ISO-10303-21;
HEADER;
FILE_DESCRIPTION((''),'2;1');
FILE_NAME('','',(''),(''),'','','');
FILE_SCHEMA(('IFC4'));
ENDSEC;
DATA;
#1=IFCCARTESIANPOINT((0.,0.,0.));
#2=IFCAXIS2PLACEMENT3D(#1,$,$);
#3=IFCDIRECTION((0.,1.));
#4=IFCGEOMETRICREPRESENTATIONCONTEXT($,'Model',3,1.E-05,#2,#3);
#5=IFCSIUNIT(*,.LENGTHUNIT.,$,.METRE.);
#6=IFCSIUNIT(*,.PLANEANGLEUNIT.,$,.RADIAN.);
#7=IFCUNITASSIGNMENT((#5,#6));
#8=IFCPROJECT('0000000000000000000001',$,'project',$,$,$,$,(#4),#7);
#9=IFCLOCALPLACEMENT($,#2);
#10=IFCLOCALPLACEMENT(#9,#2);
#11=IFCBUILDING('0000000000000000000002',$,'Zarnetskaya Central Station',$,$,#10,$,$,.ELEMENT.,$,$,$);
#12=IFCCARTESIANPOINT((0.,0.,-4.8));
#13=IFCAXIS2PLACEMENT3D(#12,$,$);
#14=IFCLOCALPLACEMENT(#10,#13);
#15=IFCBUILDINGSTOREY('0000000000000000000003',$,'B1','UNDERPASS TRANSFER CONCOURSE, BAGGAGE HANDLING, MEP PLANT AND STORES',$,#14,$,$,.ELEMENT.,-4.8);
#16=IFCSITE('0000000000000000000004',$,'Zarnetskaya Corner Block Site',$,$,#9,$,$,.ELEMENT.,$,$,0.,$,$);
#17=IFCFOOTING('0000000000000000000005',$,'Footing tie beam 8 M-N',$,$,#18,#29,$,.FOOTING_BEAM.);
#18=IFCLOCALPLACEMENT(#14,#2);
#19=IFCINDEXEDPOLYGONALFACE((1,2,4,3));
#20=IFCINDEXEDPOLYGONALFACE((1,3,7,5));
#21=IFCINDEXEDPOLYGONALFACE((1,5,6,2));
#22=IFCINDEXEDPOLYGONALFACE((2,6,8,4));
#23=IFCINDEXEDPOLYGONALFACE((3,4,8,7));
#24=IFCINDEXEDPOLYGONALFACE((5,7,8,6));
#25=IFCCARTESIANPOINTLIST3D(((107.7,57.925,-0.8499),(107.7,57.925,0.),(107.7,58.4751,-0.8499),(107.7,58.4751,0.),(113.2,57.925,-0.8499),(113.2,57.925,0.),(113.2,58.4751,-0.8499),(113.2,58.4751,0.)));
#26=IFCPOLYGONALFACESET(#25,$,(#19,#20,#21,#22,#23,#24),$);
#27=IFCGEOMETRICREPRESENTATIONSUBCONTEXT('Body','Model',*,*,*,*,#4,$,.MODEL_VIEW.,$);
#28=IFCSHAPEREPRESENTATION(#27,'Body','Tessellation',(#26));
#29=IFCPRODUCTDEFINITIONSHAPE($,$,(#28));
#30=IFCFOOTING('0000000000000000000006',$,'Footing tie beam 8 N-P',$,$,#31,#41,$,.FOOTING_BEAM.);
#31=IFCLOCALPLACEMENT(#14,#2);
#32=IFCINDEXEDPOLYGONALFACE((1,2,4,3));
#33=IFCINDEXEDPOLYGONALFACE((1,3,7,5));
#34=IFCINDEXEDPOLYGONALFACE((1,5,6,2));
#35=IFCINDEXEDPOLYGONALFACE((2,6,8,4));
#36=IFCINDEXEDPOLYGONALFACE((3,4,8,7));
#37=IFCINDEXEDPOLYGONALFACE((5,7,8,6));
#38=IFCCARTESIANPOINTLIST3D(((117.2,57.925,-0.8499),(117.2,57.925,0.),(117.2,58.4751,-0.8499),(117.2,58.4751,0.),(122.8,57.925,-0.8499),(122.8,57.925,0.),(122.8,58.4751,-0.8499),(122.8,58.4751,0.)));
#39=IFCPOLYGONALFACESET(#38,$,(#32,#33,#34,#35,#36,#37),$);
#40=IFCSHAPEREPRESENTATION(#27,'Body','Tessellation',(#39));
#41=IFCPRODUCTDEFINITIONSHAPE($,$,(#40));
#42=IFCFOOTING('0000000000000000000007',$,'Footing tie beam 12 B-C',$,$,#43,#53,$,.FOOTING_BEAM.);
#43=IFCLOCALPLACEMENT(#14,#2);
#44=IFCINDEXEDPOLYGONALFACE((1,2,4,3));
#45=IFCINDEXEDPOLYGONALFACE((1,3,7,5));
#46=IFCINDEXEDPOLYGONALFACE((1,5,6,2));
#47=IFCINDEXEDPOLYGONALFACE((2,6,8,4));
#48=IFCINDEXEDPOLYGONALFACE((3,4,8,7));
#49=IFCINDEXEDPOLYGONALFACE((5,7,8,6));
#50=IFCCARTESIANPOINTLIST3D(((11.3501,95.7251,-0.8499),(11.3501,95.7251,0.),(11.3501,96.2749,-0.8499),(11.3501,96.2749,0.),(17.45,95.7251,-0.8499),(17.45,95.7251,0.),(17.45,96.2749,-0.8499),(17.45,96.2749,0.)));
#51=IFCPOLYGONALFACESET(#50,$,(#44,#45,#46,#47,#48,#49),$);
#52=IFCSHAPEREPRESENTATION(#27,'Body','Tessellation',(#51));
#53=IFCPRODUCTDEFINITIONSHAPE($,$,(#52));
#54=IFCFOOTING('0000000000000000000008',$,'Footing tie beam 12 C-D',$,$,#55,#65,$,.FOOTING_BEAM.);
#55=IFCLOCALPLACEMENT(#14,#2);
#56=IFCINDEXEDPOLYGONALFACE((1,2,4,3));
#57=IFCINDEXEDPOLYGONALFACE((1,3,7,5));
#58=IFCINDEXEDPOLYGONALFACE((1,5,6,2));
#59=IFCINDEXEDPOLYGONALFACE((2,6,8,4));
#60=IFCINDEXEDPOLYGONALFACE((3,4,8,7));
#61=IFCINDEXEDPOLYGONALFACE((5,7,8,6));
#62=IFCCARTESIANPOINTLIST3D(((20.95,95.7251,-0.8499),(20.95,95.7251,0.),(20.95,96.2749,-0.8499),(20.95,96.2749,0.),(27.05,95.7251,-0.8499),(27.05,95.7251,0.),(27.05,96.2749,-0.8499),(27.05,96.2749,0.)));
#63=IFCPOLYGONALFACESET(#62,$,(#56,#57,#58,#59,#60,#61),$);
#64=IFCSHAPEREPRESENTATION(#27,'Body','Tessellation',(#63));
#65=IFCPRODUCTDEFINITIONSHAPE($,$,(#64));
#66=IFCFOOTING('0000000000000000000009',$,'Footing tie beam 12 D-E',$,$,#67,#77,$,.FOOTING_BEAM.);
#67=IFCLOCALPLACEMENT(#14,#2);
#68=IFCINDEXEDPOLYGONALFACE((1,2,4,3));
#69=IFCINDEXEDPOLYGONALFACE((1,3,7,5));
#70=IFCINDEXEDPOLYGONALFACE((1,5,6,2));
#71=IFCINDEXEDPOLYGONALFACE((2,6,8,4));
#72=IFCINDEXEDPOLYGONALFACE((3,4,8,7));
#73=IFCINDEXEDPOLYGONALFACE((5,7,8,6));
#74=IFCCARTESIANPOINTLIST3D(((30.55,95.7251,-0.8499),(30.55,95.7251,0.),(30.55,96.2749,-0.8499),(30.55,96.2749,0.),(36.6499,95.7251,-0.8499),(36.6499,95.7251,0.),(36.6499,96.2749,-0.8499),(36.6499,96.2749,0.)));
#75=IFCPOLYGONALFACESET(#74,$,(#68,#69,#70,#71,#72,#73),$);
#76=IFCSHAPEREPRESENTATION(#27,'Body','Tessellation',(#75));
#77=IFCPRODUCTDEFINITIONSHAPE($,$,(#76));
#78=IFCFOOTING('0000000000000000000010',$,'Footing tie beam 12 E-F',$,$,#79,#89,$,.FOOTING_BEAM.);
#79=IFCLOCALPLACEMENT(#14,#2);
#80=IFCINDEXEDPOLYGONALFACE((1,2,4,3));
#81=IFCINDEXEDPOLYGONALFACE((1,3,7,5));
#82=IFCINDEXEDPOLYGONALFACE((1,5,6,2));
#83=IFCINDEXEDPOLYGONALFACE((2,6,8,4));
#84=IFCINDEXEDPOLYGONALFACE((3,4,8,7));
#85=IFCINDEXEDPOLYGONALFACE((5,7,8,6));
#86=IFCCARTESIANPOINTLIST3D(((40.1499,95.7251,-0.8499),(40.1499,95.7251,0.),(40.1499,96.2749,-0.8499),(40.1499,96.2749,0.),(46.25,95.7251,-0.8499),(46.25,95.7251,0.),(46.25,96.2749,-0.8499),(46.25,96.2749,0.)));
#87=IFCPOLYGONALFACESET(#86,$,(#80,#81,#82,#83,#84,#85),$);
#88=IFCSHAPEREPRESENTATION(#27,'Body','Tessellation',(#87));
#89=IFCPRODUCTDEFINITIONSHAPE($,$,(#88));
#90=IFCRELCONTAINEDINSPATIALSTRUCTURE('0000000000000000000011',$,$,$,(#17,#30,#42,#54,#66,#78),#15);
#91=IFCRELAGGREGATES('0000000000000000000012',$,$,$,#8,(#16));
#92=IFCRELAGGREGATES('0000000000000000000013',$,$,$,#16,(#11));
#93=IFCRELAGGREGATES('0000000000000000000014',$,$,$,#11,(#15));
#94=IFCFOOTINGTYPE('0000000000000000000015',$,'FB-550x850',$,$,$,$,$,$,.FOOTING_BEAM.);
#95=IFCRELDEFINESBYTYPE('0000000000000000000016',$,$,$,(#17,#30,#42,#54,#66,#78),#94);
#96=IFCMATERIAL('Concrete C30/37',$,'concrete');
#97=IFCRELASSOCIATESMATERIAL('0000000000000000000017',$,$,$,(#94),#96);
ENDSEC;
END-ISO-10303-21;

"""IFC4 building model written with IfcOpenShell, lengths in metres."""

from ifc_helpers import new_model, si_unit, direction, frame, origin, place, context, subcontext, project, spatial, polyline, outline, extrude, material, type_object, element, save


model = new_model("IFC4")

# Units and contexts
model_context = context("Model", 3, precision=1e-05, world=origin(), true_north=direction((0.0, 1.0)))
body_context = subcontext(model_context, "Body", "Model", "MODEL_VIEW")
ifc_project = project(units=[si_unit("LENGTHUNIT", "METRE"), si_unit("PLANEANGLEUNIT", "RADIAN")], contexts=[model_context])

# Site, building, storey
site_placement = place(None, origin())
site = spatial("IfcSite", under=ifc_project, at=site_placement, Name="Zarnetskaya Corner Block Site", CompositionType="ELEMENT", RefElevation=0.0)
building_placement = place(site_placement, origin())
building = spatial("IfcBuilding", under=site, at=building_placement, Name="Zarnetskaya Central Station", CompositionType="ELEMENT")
storey_placement = place(building_placement, frame((0.0, 0.0, -4.8)))
storey = spatial("IfcBuildingStorey", under=building, at=storey_placement, Name="B1", Description="UNDERPASS TRANSFER CONCOURSE, BAGGAGE HANDLING, MEP PLANT AND STORES", CompositionType="ELEMENT", Elevation=-4.8)

# Footings
ifc_material = material(Name="Concrete C30/37", Category="concrete")
footing_type_1 = type_object("IfcFootingType", Name="FB-550x850", PredefinedType="FOOTING_BEAM", material=ifc_material)
footing_1_placement = place(storey_placement, frame((0.0, 0.0, -0.8499)))
element("IfcFooting", 1, at=footing_1_placement, inside=storey, type_object=footing_type_1, Name="Footing tie beam 8 M-N", PredefinedType="FOOTING_BEAM", context=body_context, shape_type="SweptSolid", body=[
    extrude(outline(polyline([(107.7, 57.925), (113.2, 57.925), (113.2, 58.4751), (107.7, 58.4751), (107.7, 57.925)])), origin(), (0.0, 0.0, 1.0), 0.8499),
])
footing_2_placement = place(storey_placement, frame((0.0, 0.0, -0.8499)))
element("IfcFooting", 2, at=footing_2_placement, inside=storey, type_object=footing_type_1, Name="Footing tie beam 8 N-P", PredefinedType="FOOTING_BEAM", context=body_context, shape_type="SweptSolid", body=[
    extrude(outline(polyline([(117.2, 57.925), (122.8, 57.925), (122.8, 58.4751), (117.2, 58.4751), (117.2, 57.925)])), origin(), (0.0, 0.0, 1.0), 0.8499),
])
footing_3_placement = place(storey_placement, frame((0.0, 0.0, -0.8499)))
element("IfcFooting", 3, at=footing_3_placement, inside=storey, type_object=footing_type_1, Name="Footing tie beam 12 B-C", PredefinedType="FOOTING_BEAM", context=body_context, shape_type="SweptSolid", body=[
    extrude(outline(polyline([(11.3501, 95.7251), (17.45, 95.7251), (17.45, 96.2749), (11.3501, 96.2749), (11.3501, 95.7251)])), origin(), (0.0, 0.0, 1.0), 0.8499),
])
footing_4_placement = place(storey_placement, frame((0.0, 0.0, -0.8499)))
element("IfcFooting", 4, at=footing_4_placement, inside=storey, type_object=footing_type_1, Name="Footing tie beam 12 C-D", PredefinedType="FOOTING_BEAM", context=body_context, shape_type="SweptSolid", body=[
    extrude(outline(polyline([(20.95, 95.7251), (27.05, 95.7251), (27.05, 96.2749), (20.95, 96.2749), (20.95, 95.7251)])), origin(), (0.0, 0.0, 1.0), 0.8499),
])
footing_5_placement = place(storey_placement, frame((0.0, 0.0, -0.8499)))
element("IfcFooting", 5, at=footing_5_placement, inside=storey, type_object=footing_type_1, Name="Footing tie beam 12 D-E", PredefinedType="FOOTING_BEAM", context=body_context, shape_type="SweptSolid", body=[
    extrude(outline(polyline([(30.55, 95.7251), (36.6499, 95.7251), (36.6499, 96.2749), (30.55, 96.2749), (30.55, 95.7251)])), origin(), (0.0, 0.0, 1.0), 0.8499),
])
footing_6_placement = place(storey_placement, frame((0.0, 0.0, -0.8499)))
element("IfcFooting", 6, at=footing_6_placement, inside=storey, type_object=footing_type_1, Name="Footing tie beam 12 E-F", PredefinedType="FOOTING_BEAM", context=body_context, shape_type="SweptSolid", body=[
    extrude(outline(polyline([(40.1499, 95.7251), (46.25, 95.7251), (46.25, 96.2749), (40.1499, 96.2749), (40.1499, 95.7251)])), origin(), (0.0, 0.0, 1.0), 0.8499),
])

save(model, "model.ifc")
